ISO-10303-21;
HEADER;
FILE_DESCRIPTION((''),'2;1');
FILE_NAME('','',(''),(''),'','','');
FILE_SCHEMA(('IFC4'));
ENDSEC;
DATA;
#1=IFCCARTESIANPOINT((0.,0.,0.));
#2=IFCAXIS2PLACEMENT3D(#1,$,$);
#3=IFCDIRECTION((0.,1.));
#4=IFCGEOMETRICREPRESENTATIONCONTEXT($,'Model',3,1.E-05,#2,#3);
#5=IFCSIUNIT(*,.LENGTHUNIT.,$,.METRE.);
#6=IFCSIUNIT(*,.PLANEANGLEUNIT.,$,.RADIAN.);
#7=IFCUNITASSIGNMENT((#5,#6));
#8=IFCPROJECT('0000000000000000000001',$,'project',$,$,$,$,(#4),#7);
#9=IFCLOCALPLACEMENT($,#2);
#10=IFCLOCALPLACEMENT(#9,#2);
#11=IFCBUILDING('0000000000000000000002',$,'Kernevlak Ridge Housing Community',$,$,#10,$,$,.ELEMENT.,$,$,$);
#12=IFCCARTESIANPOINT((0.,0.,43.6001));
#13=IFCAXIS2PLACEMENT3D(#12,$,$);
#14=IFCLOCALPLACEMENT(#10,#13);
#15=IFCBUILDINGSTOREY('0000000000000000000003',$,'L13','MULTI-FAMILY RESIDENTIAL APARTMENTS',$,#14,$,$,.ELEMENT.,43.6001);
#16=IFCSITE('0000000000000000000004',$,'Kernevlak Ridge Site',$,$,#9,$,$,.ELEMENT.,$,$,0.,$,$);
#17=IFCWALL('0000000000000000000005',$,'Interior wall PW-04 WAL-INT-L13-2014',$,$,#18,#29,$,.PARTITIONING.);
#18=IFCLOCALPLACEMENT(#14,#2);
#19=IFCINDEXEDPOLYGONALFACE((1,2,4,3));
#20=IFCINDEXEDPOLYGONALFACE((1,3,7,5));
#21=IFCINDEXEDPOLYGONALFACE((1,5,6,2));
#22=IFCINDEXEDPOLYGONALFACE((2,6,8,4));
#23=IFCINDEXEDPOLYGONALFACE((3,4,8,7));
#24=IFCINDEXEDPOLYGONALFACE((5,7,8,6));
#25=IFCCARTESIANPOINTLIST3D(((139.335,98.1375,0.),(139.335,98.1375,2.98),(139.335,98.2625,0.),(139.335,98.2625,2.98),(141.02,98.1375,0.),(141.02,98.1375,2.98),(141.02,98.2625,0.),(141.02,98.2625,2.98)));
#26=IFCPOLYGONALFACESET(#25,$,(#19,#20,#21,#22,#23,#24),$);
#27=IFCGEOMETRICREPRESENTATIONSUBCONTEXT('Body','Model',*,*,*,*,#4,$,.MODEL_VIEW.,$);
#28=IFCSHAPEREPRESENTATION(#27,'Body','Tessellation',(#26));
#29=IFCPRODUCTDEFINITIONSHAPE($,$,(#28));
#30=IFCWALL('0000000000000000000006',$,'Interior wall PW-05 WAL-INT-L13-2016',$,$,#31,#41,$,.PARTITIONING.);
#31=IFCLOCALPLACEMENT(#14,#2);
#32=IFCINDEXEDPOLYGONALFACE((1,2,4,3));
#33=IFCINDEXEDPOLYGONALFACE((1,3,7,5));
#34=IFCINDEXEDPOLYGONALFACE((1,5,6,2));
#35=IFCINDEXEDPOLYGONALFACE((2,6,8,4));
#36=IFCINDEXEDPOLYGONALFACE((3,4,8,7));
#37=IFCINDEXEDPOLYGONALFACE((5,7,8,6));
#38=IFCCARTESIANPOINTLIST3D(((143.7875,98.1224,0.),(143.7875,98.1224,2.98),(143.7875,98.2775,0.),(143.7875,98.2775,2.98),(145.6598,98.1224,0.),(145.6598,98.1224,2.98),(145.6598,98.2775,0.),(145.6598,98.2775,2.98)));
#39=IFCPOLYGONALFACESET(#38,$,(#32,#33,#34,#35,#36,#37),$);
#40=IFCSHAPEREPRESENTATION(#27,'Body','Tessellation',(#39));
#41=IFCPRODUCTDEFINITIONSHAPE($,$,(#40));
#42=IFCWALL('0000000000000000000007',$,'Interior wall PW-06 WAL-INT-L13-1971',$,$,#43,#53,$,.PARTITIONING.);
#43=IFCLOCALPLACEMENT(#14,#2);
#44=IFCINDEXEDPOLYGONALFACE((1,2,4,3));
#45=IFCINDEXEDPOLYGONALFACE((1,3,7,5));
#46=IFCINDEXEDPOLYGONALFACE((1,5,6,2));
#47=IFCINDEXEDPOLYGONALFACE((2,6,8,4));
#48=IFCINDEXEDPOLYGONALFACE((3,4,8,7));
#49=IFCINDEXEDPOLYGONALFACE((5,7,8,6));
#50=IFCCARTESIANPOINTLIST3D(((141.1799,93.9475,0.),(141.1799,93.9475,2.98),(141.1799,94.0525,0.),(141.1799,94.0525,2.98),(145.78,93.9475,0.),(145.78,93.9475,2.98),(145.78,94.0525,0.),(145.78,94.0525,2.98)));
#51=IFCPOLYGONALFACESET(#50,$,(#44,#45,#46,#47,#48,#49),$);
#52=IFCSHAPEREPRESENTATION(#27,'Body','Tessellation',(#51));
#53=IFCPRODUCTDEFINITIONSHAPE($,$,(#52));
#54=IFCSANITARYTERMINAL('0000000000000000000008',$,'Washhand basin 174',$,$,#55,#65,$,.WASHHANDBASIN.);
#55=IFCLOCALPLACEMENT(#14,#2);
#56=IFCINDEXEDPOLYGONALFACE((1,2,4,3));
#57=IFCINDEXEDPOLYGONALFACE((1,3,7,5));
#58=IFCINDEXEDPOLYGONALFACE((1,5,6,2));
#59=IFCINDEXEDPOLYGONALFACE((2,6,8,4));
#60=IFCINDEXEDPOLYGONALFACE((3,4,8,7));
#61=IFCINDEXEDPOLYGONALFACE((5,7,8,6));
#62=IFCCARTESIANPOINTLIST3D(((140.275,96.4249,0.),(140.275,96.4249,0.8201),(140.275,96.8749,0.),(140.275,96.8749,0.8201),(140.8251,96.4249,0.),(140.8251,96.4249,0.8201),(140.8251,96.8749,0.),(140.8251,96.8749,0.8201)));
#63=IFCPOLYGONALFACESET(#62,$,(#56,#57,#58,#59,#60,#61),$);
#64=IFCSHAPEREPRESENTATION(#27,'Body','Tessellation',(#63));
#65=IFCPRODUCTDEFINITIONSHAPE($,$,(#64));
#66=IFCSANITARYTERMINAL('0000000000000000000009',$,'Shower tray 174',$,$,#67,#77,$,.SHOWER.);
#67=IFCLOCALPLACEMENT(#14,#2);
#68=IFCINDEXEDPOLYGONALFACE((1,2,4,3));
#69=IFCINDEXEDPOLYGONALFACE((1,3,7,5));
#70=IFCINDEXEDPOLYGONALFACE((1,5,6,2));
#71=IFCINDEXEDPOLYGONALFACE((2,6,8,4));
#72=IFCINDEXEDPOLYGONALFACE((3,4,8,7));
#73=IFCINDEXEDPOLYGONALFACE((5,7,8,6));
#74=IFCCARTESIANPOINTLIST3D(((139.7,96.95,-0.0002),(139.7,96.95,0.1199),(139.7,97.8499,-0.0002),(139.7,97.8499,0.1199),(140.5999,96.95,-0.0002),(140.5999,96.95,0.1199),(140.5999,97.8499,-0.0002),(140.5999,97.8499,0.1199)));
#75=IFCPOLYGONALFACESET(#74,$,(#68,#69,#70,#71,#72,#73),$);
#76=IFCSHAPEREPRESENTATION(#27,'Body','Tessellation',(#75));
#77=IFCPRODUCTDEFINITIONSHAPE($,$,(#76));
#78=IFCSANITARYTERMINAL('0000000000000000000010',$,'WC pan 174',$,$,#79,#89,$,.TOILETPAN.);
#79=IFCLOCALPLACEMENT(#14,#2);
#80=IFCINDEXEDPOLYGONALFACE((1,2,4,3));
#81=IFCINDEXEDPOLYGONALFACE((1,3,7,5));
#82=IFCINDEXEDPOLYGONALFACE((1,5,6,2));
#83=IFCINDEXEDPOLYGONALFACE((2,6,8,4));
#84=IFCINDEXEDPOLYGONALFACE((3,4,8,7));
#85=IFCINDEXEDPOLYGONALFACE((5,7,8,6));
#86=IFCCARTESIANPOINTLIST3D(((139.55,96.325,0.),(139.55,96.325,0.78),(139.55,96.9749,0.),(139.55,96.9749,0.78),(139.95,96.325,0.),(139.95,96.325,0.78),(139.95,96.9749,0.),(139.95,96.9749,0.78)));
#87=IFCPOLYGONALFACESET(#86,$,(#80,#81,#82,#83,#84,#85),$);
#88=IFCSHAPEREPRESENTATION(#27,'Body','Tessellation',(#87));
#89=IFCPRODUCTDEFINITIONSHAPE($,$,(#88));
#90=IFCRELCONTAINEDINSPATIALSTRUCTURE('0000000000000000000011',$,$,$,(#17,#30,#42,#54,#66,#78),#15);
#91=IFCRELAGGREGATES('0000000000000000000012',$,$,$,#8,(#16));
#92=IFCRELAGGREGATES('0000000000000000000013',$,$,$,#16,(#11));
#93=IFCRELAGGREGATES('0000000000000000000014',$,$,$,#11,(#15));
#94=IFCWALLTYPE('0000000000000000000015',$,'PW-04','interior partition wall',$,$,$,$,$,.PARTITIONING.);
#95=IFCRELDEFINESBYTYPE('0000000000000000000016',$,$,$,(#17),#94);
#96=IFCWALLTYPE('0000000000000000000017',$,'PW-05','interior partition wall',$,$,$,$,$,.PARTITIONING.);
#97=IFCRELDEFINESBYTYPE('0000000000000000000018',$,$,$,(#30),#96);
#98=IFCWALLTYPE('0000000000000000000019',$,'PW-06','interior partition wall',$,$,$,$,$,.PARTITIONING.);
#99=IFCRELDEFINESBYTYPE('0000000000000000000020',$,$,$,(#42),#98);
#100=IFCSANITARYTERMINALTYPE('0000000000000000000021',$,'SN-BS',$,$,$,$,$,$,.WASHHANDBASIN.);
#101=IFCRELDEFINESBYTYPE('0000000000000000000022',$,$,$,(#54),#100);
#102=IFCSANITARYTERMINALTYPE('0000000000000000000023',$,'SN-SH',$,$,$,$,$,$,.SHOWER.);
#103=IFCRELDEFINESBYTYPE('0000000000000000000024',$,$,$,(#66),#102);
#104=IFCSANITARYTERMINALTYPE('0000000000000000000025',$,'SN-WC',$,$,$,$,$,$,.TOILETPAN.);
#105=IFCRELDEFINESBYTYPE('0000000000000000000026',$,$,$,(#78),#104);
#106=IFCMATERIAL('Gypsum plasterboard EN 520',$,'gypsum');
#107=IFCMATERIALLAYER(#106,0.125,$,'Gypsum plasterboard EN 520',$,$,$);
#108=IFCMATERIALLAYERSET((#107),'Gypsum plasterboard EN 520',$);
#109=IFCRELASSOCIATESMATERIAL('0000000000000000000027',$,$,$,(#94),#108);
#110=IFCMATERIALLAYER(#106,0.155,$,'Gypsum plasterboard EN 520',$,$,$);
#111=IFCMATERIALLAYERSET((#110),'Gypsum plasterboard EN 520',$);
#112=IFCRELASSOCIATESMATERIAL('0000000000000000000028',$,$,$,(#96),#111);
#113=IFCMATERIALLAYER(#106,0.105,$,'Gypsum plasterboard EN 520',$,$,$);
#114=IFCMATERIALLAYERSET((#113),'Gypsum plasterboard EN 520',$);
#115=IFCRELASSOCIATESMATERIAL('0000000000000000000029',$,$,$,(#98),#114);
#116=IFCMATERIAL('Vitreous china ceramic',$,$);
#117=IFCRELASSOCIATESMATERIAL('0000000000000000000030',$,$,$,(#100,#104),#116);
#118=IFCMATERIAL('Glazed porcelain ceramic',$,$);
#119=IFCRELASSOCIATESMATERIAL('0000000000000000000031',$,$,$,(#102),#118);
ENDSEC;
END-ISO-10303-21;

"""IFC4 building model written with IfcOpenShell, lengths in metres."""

from ifc_helpers import new_model, si_unit, direction, frame, frame_2d, origin, origin_2d, place, context, subcontext, project, spatial, rectangle, extrude, material, layer, layer_set, type_object, element, save


model = new_model("IFC4")

# Units and contexts
model_context = context("Model", 3, precision=1e-05, world=origin(), true_north=direction((0.0, 1.0)))
body_context = subcontext(model_context, "Body", "Model", "MODEL_VIEW")
ifc_project = project(units=[si_unit("LENGTHUNIT", "METRE"), si_unit("PLANEANGLEUNIT", "RADIAN")], contexts=[model_context])

# Site, building, storey
site_placement = place(None, origin())
site = spatial("IfcSite", under=ifc_project, at=site_placement, Name="Kernevlak Ridge Site", CompositionType="ELEMENT", RefElevation=0.0)
building_placement = place(site_placement, origin())
building = spatial("IfcBuilding", under=site, at=building_placement, Name="Kernevlak Ridge Housing Community", CompositionType="ELEMENT")
storey_placement = place(building_placement, frame((0.0, 0.0, 43.6001)))
storey = spatial("IfcBuildingStorey", under=building, at=storey_placement, Name="L13", Description="MULTI-FAMILY RESIDENTIAL APARTMENTS", CompositionType="ELEMENT", Elevation=43.6001)

# Shared definitions
ifc_material_1 = material(Name="Gypsum plasterboard EN 520", Category="gypsum")
ifc_layer_1 = layer(ifc_material_1, 0.125, Name="Gypsum plasterboard EN 520")
ifc_layer_set_1 = layer_set([ifc_layer_1], Name="Gypsum plasterboard EN 520")
wall_type_1 = type_object("IfcWallType", Name="PW-04", Description="interior partition wall", PredefinedType="PARTITIONING", material=ifc_layer_set_1)

# Wall
wall_1_placement = place(storey_placement, frame((139.335, 98.2, 0.0), z_axis=(0.0, 0.0, 1.0), x_axis=(1.0, 0.0, 0.0)))
element("IfcWall", 1, at=wall_1_placement, inside=storey, type_object=wall_type_1, Name="Interior wall PW-04 WAL-INT-L13-2014", PredefinedType="PARTITIONING", context=body_context, shape_type="SweptSolid", body=[
    extrude(rectangle(XDim=1.6851, YDim=0.125, at=frame_2d((0.8425, 0.0))), origin(), (0.0, 0.0, 1.0), 2.98),
])

# Shared definitions
ifc_layer_2 = layer(ifc_material_1, 0.155, Name="Gypsum plasterboard EN 520")
ifc_layer_set_2 = layer_set([ifc_layer_2], Name="Gypsum plasterboard EN 520")
wall_type_2 = type_object("IfcWallType", Name="PW-05", Description="interior partition wall", PredefinedType="PARTITIONING", material=ifc_layer_set_2)

# Walls
wall_2_placement = place(storey_placement, frame((143.7876, 98.2, 0.0), z_axis=(0.0, 0.0, 1.0), x_axis=(1.0, 0.0, 0.0)))
element("IfcWall", 2, at=wall_2_placement, inside=storey, type_object=wall_type_2, Name="Interior wall PW-05 WAL-INT-L13-2016", PredefinedType="PARTITIONING", context=body_context, shape_type="SweptSolid", body=[
    extrude(rectangle(XDim=1.8723, YDim=0.155, at=frame_2d((0.936, 0.0))), origin(), (0.0, 0.0, 1.0), 2.98),
])
ifc_layer_3 = layer(ifc_material_1, 0.105, Name="Gypsum plasterboard EN 520")
ifc_layer_set_3 = layer_set([ifc_layer_3], Name="Gypsum plasterboard EN 520")
wall_type_3 = type_object("IfcWallType", Name="PW-06", Description="interior partition wall", PredefinedType="PARTITIONING", material=ifc_layer_set_3)
wall_3_placement = place(storey_placement, frame((141.1799, 94.0, 0.0), z_axis=(0.0, 0.0, 1.0), x_axis=(1.0, 0.0, 0.0)))
element("IfcWall", 3, at=wall_3_placement, inside=storey, type_object=wall_type_3, Name="Interior wall PW-06 WAL-INT-L13-1971", PredefinedType="PARTITIONING", context=body_context, shape_type="SweptSolid", body=[
    extrude(rectangle(XDim=4.6001, YDim=0.105, at=frame_2d((2.3, 0.0))), origin(), (0.0, 0.0, 1.0), 2.98),
])

# Sanitary terminals
ifc_material_2 = material(Name="Vitreous china ceramic")
sanitary_terminal_type_1 = type_object("IfcSanitaryTerminalType", Name="SN-BS", PredefinedType="WASHHANDBASIN", material=ifc_material_2)
sanitary_terminal_1_placement = place(storey_placement, frame((140.55, 96.6499, 0.0), z_axis=(0.0, 0.0, 1.0), x_axis=(1.0, 0.0, 0.0)))
element("IfcSanitaryTerminal", 4, at=sanitary_terminal_1_placement, inside=storey, type_object=sanitary_terminal_type_1, Name="Washhand basin 174", PredefinedType="WASHHANDBASIN", context=body_context, shape_type="SweptSolid", body=[
    extrude(rectangle(XDim=0.55, YDim=0.45, at=origin_2d()), origin(), (0.0, 0.0, 1.0), 0.8201),
])
ifc_material_3 = material(Name="Glazed porcelain ceramic")
sanitary_terminal_type_2 = type_object("IfcSanitaryTerminalType", Name="SN-SH", PredefinedType="SHOWER", material=ifc_material_3)
sanitary_terminal_2_placement = place(storey_placement, frame((140.1499, 97.3999, -0.0002), z_axis=(0.0, 0.0, 1.0), x_axis=(1.0, 0.0, 0.0)))
element("IfcSanitaryTerminal", 5, at=sanitary_terminal_2_placement, inside=storey, type_object=sanitary_terminal_type_2, Name="Shower tray 174", PredefinedType="SHOWER", context=body_context, shape_type="SweptSolid", body=[
    extrude(rectangle(XDim=0.8999, YDim=0.8999, at=origin_2d()), origin(), (0.0, 0.0, 1.0), 0.1201),
])
sanitary_terminal_type_3 = type_object("IfcSanitaryTerminalType", Name="SN-WC", PredefinedType="TOILETPAN", material=ifc_material_2)
sanitary_terminal_3_placement = place(storey_placement, frame((139.75, 96.6499, 0.0), z_axis=(0.0, 0.0, 1.0), x_axis=(1.0, 0.0, 0.0)))
element("IfcSanitaryTerminal", 6, at=sanitary_terminal_3_placement, inside=storey, type_object=sanitary_terminal_type_3, Name="WC pan 174", PredefinedType="TOILETPAN", context=body_context, shape_type="SweptSolid", body=[
    extrude(rectangle(XDim=0.3999, YDim=0.6499, at=origin_2d()), origin(), (0.0, 0.0, 1.0), 0.78),
])

save(model, "model.ifc")
